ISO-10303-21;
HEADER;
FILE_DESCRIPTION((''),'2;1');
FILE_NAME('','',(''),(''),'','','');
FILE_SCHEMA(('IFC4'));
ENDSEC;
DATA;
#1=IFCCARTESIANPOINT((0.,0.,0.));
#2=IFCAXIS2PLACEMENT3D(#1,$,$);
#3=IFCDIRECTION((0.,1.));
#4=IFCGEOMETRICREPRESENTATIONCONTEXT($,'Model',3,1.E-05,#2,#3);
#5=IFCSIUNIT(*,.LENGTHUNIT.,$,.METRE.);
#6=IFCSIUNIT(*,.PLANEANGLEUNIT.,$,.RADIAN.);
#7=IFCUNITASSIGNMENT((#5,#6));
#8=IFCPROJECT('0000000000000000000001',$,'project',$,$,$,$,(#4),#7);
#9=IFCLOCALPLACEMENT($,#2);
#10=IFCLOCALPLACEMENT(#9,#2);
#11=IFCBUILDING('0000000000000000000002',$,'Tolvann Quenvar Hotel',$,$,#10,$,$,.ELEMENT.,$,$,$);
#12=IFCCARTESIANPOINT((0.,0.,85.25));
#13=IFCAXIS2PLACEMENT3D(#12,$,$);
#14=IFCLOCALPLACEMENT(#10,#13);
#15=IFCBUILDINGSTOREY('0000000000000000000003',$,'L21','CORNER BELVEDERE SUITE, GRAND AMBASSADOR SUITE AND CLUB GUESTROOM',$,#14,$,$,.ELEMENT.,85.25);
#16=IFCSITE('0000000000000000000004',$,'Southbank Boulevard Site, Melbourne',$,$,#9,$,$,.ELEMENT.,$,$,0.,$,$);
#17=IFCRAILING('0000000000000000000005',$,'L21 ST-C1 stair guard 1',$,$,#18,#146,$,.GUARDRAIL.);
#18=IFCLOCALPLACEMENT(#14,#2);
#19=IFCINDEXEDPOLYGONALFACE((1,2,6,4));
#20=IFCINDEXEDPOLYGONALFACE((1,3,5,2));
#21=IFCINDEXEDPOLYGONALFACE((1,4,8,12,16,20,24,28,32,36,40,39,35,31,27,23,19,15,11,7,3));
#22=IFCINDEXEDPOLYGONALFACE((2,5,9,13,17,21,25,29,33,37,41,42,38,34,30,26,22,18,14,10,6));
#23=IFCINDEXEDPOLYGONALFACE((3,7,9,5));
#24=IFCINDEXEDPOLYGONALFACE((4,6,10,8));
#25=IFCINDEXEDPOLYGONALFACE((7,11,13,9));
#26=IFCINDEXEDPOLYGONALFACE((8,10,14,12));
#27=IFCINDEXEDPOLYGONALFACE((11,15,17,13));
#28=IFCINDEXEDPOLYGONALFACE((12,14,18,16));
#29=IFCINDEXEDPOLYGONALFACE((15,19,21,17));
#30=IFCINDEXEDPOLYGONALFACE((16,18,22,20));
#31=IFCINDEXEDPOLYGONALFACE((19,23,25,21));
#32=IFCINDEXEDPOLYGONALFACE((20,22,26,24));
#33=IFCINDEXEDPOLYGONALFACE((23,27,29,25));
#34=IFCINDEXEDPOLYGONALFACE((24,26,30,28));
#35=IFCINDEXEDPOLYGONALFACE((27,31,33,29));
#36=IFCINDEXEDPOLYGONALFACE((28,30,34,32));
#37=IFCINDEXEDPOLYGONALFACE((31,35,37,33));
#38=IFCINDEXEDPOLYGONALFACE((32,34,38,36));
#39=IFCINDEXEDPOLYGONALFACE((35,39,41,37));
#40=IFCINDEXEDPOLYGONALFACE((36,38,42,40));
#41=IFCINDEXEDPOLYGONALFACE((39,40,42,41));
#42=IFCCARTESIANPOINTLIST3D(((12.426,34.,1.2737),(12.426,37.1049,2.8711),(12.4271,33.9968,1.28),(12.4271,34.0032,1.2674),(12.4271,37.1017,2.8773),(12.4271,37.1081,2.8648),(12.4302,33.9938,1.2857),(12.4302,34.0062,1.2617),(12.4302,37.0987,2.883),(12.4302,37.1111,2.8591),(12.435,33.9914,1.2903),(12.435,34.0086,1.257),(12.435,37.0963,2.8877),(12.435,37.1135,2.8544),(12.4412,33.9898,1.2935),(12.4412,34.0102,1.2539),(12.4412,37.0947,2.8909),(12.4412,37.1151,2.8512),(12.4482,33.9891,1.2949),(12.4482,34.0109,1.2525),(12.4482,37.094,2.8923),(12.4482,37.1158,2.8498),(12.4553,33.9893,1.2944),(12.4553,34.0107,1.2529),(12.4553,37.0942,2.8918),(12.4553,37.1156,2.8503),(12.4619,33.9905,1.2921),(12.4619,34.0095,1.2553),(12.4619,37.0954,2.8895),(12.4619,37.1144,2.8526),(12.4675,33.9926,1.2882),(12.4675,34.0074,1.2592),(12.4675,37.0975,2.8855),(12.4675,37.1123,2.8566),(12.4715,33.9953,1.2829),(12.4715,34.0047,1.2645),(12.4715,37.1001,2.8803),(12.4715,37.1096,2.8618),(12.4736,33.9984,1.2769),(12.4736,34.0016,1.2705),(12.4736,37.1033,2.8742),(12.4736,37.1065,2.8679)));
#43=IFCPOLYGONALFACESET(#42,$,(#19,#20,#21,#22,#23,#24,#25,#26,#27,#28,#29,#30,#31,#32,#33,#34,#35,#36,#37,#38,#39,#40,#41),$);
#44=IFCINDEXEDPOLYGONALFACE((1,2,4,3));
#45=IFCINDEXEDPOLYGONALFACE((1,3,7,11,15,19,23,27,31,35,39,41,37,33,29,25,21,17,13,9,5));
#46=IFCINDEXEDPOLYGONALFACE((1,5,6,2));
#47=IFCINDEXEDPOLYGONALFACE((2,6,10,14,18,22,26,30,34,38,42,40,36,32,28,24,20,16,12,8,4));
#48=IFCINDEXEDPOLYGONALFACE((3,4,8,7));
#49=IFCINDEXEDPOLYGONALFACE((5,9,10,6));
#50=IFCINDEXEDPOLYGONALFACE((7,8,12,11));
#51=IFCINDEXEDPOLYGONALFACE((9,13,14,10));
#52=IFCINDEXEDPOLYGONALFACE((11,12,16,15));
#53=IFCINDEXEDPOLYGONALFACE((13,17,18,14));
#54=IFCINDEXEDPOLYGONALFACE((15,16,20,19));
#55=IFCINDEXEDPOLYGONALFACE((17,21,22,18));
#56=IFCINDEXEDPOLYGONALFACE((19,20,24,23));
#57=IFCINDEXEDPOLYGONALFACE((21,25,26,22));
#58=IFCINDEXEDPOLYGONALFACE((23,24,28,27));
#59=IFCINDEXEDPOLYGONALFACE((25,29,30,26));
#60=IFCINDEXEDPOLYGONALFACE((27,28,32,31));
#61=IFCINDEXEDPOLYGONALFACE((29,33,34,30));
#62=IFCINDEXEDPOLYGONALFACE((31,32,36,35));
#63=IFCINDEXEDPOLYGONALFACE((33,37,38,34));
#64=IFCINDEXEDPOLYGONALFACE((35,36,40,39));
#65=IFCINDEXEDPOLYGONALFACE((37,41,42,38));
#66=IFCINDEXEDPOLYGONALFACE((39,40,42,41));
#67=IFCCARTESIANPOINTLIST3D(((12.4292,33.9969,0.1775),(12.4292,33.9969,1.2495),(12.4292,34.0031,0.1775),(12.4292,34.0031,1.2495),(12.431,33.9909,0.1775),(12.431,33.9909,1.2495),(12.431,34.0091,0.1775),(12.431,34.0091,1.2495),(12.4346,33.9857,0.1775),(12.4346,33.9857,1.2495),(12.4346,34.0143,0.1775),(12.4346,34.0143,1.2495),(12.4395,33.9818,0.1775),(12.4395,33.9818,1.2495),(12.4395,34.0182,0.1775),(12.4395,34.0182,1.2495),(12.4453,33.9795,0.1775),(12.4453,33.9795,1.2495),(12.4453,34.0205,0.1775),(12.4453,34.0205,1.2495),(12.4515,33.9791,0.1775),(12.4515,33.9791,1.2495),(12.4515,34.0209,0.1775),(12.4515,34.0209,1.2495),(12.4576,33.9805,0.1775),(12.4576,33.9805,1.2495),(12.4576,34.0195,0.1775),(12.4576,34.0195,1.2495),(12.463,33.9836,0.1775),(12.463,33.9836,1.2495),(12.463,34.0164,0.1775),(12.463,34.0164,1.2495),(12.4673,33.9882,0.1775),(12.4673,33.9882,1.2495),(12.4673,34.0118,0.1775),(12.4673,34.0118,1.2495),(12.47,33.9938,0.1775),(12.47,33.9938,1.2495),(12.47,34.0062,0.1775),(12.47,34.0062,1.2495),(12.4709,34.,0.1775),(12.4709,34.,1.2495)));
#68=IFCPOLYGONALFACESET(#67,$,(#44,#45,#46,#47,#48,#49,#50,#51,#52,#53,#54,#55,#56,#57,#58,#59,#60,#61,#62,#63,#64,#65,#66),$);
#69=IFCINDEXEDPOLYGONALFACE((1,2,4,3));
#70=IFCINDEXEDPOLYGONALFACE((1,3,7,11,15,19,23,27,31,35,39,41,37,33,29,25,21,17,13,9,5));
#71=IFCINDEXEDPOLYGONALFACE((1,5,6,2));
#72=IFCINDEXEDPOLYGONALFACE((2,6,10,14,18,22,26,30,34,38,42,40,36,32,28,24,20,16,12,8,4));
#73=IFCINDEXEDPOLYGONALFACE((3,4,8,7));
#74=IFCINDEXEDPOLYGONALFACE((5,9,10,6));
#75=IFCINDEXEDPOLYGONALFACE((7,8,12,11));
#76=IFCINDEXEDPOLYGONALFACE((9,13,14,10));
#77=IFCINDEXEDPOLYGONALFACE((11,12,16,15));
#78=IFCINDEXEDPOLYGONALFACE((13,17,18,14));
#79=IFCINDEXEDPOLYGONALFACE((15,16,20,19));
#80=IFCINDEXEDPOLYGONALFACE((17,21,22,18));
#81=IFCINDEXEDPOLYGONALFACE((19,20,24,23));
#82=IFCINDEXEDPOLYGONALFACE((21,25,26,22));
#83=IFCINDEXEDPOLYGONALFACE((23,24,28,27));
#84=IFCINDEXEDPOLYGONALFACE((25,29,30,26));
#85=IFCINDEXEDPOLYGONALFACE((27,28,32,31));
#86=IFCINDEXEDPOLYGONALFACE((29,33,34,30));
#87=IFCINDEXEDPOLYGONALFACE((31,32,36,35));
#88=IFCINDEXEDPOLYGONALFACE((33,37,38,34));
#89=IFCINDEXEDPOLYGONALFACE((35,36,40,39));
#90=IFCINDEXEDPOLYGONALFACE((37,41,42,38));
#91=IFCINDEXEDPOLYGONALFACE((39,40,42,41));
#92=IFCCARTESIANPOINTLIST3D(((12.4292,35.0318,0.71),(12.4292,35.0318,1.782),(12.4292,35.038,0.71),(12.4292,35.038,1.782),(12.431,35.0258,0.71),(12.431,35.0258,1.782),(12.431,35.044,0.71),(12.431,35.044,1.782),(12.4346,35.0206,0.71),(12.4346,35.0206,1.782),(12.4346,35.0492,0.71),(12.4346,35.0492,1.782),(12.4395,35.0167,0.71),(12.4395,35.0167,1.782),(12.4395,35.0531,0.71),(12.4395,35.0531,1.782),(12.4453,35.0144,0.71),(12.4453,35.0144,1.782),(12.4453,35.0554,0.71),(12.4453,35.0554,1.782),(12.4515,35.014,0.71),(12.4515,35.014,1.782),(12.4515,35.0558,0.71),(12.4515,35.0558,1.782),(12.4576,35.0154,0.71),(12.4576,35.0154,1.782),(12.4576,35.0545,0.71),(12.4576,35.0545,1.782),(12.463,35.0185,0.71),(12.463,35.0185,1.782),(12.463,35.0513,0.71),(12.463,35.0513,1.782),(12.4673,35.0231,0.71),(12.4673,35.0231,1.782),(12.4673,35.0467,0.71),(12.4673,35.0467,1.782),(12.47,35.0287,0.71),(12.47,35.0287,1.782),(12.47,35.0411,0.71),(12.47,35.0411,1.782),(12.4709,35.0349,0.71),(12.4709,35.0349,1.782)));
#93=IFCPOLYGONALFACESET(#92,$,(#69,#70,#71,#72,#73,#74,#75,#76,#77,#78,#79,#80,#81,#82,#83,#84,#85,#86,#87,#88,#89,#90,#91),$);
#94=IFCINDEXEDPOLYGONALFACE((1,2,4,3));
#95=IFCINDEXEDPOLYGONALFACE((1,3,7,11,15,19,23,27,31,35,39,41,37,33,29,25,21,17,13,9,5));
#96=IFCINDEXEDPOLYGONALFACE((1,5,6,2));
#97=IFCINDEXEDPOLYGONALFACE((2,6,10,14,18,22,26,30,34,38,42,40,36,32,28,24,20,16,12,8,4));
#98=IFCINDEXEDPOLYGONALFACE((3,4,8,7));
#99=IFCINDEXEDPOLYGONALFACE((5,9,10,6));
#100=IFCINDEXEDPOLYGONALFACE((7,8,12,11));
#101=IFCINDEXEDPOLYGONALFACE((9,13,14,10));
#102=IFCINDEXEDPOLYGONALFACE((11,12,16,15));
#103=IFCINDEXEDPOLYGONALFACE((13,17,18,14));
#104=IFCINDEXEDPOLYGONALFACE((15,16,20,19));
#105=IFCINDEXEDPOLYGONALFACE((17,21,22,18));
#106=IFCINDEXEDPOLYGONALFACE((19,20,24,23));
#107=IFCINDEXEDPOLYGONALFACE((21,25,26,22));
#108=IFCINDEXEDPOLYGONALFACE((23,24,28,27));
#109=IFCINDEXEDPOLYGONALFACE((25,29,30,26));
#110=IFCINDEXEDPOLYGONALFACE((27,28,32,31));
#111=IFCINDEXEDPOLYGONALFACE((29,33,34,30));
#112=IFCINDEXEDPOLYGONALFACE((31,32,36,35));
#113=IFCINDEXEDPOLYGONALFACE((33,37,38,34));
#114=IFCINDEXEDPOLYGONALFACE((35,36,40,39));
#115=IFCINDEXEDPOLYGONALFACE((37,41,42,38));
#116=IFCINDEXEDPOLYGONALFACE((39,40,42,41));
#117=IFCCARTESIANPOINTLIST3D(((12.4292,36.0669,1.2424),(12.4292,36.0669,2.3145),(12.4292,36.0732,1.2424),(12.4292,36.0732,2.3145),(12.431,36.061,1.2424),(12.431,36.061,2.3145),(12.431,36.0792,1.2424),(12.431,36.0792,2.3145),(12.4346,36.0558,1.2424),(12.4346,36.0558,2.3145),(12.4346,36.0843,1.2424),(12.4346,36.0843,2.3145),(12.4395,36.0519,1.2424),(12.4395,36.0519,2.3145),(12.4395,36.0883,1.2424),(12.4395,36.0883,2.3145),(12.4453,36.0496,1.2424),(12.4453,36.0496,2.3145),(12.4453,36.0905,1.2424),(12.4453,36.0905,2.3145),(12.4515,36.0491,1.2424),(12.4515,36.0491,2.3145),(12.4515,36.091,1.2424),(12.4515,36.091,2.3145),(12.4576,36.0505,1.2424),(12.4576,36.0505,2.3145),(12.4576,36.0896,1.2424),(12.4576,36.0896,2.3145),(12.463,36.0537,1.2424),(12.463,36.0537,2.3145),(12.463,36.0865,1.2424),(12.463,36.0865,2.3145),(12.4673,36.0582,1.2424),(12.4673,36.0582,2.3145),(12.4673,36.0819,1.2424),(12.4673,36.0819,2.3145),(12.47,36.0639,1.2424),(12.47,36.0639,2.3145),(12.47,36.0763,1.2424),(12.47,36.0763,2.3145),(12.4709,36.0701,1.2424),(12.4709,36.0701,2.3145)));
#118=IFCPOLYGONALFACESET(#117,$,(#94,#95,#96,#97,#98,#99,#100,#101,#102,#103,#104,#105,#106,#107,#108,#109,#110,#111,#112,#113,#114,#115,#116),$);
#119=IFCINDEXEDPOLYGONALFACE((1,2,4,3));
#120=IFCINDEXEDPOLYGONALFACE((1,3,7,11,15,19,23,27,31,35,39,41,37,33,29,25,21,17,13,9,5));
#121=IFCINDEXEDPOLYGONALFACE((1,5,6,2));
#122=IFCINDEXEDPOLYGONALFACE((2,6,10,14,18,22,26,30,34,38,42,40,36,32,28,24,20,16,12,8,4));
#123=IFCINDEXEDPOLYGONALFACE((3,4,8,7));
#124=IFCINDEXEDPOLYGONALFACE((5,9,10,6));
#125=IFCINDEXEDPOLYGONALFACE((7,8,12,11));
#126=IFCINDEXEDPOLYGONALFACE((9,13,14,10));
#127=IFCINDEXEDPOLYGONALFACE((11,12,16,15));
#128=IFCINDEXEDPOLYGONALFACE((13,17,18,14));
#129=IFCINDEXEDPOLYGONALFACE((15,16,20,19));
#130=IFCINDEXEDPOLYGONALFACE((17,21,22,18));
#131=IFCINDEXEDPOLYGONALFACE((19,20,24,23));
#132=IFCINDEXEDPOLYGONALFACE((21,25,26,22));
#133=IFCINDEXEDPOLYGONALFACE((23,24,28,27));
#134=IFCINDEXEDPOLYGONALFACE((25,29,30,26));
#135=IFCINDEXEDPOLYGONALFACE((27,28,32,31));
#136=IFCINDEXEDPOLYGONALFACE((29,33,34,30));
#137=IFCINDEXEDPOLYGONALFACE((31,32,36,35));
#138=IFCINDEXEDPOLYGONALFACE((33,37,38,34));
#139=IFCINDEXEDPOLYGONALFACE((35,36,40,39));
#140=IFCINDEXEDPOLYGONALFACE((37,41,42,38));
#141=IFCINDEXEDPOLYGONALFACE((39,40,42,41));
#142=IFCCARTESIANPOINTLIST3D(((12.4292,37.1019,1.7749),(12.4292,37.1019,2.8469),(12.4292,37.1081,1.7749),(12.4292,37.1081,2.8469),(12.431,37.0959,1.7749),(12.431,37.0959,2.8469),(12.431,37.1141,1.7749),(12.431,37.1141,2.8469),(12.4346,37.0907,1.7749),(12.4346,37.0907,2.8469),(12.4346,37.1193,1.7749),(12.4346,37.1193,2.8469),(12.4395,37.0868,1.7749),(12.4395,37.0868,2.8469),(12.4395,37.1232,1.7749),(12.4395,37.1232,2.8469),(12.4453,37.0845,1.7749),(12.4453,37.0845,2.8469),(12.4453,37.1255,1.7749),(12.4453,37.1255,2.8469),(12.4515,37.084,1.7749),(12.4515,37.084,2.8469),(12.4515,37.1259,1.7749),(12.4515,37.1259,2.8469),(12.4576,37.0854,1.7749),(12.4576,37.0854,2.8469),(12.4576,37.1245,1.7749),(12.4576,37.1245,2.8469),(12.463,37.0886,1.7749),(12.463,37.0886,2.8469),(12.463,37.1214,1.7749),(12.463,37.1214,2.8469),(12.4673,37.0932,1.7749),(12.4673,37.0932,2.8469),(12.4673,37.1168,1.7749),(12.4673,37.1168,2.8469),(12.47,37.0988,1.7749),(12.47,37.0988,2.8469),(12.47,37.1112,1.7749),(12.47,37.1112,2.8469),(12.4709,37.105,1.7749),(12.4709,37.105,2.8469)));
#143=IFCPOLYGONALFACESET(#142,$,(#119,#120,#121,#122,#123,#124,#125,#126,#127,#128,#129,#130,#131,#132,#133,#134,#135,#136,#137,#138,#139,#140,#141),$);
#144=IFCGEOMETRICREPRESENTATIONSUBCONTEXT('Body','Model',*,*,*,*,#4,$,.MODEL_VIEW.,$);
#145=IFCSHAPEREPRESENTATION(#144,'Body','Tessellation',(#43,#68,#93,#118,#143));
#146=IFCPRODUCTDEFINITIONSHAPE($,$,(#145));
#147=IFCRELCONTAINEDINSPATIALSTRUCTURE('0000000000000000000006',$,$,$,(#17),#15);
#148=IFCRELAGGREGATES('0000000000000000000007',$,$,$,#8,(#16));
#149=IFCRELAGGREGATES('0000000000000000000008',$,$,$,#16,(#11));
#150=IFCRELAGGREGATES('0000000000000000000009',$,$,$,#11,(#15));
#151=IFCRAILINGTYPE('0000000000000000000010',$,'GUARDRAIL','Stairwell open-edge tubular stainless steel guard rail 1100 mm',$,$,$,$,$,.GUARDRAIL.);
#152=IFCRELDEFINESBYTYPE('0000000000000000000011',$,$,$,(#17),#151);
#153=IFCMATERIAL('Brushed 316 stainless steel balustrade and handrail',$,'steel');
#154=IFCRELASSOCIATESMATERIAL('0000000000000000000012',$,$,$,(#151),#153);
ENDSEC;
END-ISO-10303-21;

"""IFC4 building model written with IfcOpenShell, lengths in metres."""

from ifc_helpers import new_model, si_unit, direction, frame, origin, origin_2d, place, context, subcontext, project, spatial, circle, extrude, material, type_object, element, save


model = new_model("IFC4")

# Units and contexts
model_context = context("Model", 3, precision=1e-05, world=origin(), true_north=direction((0.0, 1.0)))
body_context = subcontext(model_context, "Body", "Model", "MODEL_VIEW")
ifc_project = project(units=[si_unit("LENGTHUNIT", "METRE"), si_unit("PLANEANGLEUNIT", "RADIAN")], contexts=[model_context])

# Site, building, storey
site_placement = place(None, origin())
site = spatial("IfcSite", under=ifc_project, at=site_placement, Name="Southbank Boulevard Site, Melbourne", CompositionType="ELEMENT", RefElevation=0.0)
building_placement = place(site_placement, origin())
building = spatial("IfcBuilding", under=site, at=building_placement, Name="Tolvann Quenvar Hotel", CompositionType="ELEMENT")
storey_placement = place(building_placement, frame((0.0, 0.0, 85.25)))
storey = spatial("IfcBuildingStorey", under=building, at=storey_placement, Name="L21", Description="CORNER BELVEDERE SUITE, GRAND AMBASSADOR SUITE AND CLUB GUESTROOM", CompositionType="ELEMENT", Elevation=85.25)

# Railing
ifc_material_1 = material(Name="Brushed 316 stainless steel balustrade and handrail", Category="steel")
railing_type_1 = type_object("IfcRailingType", Name="GUARDRAIL", Description="Stairwell open-edge tubular stainless steel guard rail 1100 mm", PredefinedType="GUARDRAIL", material=ifc_material_1)
railing_1_placement = place(storey_placement, frame((12.45, 34.0, 0.1775)))
element("IfcRailing", 1, at=railing_1_placement, inside=storey, type_object=railing_type_1, Name="L21 ST-C1 stair guard 1", PredefinedType="GUARDRAIL", context=body_context, shape_type="SweptSolid", body=[
    extrude(circle(Radius=0.0239, at=origin_2d()), frame((0.0, 0.0, 1.0962), z_axis=(0.0, 0.889222, 0.457476), x_axis=(-1.0, 0.0, 0.0)), (0.0, 0.0, 1.0), 3.4917),
    extrude(circle(Radius=0.021, at=origin_2d()), origin(), (0.0, 0.0, 1.0), 1.072),
    extrude(circle(Radius=0.021, at=origin_2d()), frame((0.0, 1.0349, 0.5325)), (0.0, 0.0, 1.0), 1.072),
    extrude(circle(Radius=0.021, at=origin_2d()), frame((0.0, 2.0701, 1.0649)), (0.0, 0.0, 1.0), 1.072),
    extrude(circle(Radius=0.021, at=origin_2d()), frame((0.0, 3.105, 1.5974)), (0.0, 0.0, 1.0), 1.072),
])

save(model, "model.ifc")
